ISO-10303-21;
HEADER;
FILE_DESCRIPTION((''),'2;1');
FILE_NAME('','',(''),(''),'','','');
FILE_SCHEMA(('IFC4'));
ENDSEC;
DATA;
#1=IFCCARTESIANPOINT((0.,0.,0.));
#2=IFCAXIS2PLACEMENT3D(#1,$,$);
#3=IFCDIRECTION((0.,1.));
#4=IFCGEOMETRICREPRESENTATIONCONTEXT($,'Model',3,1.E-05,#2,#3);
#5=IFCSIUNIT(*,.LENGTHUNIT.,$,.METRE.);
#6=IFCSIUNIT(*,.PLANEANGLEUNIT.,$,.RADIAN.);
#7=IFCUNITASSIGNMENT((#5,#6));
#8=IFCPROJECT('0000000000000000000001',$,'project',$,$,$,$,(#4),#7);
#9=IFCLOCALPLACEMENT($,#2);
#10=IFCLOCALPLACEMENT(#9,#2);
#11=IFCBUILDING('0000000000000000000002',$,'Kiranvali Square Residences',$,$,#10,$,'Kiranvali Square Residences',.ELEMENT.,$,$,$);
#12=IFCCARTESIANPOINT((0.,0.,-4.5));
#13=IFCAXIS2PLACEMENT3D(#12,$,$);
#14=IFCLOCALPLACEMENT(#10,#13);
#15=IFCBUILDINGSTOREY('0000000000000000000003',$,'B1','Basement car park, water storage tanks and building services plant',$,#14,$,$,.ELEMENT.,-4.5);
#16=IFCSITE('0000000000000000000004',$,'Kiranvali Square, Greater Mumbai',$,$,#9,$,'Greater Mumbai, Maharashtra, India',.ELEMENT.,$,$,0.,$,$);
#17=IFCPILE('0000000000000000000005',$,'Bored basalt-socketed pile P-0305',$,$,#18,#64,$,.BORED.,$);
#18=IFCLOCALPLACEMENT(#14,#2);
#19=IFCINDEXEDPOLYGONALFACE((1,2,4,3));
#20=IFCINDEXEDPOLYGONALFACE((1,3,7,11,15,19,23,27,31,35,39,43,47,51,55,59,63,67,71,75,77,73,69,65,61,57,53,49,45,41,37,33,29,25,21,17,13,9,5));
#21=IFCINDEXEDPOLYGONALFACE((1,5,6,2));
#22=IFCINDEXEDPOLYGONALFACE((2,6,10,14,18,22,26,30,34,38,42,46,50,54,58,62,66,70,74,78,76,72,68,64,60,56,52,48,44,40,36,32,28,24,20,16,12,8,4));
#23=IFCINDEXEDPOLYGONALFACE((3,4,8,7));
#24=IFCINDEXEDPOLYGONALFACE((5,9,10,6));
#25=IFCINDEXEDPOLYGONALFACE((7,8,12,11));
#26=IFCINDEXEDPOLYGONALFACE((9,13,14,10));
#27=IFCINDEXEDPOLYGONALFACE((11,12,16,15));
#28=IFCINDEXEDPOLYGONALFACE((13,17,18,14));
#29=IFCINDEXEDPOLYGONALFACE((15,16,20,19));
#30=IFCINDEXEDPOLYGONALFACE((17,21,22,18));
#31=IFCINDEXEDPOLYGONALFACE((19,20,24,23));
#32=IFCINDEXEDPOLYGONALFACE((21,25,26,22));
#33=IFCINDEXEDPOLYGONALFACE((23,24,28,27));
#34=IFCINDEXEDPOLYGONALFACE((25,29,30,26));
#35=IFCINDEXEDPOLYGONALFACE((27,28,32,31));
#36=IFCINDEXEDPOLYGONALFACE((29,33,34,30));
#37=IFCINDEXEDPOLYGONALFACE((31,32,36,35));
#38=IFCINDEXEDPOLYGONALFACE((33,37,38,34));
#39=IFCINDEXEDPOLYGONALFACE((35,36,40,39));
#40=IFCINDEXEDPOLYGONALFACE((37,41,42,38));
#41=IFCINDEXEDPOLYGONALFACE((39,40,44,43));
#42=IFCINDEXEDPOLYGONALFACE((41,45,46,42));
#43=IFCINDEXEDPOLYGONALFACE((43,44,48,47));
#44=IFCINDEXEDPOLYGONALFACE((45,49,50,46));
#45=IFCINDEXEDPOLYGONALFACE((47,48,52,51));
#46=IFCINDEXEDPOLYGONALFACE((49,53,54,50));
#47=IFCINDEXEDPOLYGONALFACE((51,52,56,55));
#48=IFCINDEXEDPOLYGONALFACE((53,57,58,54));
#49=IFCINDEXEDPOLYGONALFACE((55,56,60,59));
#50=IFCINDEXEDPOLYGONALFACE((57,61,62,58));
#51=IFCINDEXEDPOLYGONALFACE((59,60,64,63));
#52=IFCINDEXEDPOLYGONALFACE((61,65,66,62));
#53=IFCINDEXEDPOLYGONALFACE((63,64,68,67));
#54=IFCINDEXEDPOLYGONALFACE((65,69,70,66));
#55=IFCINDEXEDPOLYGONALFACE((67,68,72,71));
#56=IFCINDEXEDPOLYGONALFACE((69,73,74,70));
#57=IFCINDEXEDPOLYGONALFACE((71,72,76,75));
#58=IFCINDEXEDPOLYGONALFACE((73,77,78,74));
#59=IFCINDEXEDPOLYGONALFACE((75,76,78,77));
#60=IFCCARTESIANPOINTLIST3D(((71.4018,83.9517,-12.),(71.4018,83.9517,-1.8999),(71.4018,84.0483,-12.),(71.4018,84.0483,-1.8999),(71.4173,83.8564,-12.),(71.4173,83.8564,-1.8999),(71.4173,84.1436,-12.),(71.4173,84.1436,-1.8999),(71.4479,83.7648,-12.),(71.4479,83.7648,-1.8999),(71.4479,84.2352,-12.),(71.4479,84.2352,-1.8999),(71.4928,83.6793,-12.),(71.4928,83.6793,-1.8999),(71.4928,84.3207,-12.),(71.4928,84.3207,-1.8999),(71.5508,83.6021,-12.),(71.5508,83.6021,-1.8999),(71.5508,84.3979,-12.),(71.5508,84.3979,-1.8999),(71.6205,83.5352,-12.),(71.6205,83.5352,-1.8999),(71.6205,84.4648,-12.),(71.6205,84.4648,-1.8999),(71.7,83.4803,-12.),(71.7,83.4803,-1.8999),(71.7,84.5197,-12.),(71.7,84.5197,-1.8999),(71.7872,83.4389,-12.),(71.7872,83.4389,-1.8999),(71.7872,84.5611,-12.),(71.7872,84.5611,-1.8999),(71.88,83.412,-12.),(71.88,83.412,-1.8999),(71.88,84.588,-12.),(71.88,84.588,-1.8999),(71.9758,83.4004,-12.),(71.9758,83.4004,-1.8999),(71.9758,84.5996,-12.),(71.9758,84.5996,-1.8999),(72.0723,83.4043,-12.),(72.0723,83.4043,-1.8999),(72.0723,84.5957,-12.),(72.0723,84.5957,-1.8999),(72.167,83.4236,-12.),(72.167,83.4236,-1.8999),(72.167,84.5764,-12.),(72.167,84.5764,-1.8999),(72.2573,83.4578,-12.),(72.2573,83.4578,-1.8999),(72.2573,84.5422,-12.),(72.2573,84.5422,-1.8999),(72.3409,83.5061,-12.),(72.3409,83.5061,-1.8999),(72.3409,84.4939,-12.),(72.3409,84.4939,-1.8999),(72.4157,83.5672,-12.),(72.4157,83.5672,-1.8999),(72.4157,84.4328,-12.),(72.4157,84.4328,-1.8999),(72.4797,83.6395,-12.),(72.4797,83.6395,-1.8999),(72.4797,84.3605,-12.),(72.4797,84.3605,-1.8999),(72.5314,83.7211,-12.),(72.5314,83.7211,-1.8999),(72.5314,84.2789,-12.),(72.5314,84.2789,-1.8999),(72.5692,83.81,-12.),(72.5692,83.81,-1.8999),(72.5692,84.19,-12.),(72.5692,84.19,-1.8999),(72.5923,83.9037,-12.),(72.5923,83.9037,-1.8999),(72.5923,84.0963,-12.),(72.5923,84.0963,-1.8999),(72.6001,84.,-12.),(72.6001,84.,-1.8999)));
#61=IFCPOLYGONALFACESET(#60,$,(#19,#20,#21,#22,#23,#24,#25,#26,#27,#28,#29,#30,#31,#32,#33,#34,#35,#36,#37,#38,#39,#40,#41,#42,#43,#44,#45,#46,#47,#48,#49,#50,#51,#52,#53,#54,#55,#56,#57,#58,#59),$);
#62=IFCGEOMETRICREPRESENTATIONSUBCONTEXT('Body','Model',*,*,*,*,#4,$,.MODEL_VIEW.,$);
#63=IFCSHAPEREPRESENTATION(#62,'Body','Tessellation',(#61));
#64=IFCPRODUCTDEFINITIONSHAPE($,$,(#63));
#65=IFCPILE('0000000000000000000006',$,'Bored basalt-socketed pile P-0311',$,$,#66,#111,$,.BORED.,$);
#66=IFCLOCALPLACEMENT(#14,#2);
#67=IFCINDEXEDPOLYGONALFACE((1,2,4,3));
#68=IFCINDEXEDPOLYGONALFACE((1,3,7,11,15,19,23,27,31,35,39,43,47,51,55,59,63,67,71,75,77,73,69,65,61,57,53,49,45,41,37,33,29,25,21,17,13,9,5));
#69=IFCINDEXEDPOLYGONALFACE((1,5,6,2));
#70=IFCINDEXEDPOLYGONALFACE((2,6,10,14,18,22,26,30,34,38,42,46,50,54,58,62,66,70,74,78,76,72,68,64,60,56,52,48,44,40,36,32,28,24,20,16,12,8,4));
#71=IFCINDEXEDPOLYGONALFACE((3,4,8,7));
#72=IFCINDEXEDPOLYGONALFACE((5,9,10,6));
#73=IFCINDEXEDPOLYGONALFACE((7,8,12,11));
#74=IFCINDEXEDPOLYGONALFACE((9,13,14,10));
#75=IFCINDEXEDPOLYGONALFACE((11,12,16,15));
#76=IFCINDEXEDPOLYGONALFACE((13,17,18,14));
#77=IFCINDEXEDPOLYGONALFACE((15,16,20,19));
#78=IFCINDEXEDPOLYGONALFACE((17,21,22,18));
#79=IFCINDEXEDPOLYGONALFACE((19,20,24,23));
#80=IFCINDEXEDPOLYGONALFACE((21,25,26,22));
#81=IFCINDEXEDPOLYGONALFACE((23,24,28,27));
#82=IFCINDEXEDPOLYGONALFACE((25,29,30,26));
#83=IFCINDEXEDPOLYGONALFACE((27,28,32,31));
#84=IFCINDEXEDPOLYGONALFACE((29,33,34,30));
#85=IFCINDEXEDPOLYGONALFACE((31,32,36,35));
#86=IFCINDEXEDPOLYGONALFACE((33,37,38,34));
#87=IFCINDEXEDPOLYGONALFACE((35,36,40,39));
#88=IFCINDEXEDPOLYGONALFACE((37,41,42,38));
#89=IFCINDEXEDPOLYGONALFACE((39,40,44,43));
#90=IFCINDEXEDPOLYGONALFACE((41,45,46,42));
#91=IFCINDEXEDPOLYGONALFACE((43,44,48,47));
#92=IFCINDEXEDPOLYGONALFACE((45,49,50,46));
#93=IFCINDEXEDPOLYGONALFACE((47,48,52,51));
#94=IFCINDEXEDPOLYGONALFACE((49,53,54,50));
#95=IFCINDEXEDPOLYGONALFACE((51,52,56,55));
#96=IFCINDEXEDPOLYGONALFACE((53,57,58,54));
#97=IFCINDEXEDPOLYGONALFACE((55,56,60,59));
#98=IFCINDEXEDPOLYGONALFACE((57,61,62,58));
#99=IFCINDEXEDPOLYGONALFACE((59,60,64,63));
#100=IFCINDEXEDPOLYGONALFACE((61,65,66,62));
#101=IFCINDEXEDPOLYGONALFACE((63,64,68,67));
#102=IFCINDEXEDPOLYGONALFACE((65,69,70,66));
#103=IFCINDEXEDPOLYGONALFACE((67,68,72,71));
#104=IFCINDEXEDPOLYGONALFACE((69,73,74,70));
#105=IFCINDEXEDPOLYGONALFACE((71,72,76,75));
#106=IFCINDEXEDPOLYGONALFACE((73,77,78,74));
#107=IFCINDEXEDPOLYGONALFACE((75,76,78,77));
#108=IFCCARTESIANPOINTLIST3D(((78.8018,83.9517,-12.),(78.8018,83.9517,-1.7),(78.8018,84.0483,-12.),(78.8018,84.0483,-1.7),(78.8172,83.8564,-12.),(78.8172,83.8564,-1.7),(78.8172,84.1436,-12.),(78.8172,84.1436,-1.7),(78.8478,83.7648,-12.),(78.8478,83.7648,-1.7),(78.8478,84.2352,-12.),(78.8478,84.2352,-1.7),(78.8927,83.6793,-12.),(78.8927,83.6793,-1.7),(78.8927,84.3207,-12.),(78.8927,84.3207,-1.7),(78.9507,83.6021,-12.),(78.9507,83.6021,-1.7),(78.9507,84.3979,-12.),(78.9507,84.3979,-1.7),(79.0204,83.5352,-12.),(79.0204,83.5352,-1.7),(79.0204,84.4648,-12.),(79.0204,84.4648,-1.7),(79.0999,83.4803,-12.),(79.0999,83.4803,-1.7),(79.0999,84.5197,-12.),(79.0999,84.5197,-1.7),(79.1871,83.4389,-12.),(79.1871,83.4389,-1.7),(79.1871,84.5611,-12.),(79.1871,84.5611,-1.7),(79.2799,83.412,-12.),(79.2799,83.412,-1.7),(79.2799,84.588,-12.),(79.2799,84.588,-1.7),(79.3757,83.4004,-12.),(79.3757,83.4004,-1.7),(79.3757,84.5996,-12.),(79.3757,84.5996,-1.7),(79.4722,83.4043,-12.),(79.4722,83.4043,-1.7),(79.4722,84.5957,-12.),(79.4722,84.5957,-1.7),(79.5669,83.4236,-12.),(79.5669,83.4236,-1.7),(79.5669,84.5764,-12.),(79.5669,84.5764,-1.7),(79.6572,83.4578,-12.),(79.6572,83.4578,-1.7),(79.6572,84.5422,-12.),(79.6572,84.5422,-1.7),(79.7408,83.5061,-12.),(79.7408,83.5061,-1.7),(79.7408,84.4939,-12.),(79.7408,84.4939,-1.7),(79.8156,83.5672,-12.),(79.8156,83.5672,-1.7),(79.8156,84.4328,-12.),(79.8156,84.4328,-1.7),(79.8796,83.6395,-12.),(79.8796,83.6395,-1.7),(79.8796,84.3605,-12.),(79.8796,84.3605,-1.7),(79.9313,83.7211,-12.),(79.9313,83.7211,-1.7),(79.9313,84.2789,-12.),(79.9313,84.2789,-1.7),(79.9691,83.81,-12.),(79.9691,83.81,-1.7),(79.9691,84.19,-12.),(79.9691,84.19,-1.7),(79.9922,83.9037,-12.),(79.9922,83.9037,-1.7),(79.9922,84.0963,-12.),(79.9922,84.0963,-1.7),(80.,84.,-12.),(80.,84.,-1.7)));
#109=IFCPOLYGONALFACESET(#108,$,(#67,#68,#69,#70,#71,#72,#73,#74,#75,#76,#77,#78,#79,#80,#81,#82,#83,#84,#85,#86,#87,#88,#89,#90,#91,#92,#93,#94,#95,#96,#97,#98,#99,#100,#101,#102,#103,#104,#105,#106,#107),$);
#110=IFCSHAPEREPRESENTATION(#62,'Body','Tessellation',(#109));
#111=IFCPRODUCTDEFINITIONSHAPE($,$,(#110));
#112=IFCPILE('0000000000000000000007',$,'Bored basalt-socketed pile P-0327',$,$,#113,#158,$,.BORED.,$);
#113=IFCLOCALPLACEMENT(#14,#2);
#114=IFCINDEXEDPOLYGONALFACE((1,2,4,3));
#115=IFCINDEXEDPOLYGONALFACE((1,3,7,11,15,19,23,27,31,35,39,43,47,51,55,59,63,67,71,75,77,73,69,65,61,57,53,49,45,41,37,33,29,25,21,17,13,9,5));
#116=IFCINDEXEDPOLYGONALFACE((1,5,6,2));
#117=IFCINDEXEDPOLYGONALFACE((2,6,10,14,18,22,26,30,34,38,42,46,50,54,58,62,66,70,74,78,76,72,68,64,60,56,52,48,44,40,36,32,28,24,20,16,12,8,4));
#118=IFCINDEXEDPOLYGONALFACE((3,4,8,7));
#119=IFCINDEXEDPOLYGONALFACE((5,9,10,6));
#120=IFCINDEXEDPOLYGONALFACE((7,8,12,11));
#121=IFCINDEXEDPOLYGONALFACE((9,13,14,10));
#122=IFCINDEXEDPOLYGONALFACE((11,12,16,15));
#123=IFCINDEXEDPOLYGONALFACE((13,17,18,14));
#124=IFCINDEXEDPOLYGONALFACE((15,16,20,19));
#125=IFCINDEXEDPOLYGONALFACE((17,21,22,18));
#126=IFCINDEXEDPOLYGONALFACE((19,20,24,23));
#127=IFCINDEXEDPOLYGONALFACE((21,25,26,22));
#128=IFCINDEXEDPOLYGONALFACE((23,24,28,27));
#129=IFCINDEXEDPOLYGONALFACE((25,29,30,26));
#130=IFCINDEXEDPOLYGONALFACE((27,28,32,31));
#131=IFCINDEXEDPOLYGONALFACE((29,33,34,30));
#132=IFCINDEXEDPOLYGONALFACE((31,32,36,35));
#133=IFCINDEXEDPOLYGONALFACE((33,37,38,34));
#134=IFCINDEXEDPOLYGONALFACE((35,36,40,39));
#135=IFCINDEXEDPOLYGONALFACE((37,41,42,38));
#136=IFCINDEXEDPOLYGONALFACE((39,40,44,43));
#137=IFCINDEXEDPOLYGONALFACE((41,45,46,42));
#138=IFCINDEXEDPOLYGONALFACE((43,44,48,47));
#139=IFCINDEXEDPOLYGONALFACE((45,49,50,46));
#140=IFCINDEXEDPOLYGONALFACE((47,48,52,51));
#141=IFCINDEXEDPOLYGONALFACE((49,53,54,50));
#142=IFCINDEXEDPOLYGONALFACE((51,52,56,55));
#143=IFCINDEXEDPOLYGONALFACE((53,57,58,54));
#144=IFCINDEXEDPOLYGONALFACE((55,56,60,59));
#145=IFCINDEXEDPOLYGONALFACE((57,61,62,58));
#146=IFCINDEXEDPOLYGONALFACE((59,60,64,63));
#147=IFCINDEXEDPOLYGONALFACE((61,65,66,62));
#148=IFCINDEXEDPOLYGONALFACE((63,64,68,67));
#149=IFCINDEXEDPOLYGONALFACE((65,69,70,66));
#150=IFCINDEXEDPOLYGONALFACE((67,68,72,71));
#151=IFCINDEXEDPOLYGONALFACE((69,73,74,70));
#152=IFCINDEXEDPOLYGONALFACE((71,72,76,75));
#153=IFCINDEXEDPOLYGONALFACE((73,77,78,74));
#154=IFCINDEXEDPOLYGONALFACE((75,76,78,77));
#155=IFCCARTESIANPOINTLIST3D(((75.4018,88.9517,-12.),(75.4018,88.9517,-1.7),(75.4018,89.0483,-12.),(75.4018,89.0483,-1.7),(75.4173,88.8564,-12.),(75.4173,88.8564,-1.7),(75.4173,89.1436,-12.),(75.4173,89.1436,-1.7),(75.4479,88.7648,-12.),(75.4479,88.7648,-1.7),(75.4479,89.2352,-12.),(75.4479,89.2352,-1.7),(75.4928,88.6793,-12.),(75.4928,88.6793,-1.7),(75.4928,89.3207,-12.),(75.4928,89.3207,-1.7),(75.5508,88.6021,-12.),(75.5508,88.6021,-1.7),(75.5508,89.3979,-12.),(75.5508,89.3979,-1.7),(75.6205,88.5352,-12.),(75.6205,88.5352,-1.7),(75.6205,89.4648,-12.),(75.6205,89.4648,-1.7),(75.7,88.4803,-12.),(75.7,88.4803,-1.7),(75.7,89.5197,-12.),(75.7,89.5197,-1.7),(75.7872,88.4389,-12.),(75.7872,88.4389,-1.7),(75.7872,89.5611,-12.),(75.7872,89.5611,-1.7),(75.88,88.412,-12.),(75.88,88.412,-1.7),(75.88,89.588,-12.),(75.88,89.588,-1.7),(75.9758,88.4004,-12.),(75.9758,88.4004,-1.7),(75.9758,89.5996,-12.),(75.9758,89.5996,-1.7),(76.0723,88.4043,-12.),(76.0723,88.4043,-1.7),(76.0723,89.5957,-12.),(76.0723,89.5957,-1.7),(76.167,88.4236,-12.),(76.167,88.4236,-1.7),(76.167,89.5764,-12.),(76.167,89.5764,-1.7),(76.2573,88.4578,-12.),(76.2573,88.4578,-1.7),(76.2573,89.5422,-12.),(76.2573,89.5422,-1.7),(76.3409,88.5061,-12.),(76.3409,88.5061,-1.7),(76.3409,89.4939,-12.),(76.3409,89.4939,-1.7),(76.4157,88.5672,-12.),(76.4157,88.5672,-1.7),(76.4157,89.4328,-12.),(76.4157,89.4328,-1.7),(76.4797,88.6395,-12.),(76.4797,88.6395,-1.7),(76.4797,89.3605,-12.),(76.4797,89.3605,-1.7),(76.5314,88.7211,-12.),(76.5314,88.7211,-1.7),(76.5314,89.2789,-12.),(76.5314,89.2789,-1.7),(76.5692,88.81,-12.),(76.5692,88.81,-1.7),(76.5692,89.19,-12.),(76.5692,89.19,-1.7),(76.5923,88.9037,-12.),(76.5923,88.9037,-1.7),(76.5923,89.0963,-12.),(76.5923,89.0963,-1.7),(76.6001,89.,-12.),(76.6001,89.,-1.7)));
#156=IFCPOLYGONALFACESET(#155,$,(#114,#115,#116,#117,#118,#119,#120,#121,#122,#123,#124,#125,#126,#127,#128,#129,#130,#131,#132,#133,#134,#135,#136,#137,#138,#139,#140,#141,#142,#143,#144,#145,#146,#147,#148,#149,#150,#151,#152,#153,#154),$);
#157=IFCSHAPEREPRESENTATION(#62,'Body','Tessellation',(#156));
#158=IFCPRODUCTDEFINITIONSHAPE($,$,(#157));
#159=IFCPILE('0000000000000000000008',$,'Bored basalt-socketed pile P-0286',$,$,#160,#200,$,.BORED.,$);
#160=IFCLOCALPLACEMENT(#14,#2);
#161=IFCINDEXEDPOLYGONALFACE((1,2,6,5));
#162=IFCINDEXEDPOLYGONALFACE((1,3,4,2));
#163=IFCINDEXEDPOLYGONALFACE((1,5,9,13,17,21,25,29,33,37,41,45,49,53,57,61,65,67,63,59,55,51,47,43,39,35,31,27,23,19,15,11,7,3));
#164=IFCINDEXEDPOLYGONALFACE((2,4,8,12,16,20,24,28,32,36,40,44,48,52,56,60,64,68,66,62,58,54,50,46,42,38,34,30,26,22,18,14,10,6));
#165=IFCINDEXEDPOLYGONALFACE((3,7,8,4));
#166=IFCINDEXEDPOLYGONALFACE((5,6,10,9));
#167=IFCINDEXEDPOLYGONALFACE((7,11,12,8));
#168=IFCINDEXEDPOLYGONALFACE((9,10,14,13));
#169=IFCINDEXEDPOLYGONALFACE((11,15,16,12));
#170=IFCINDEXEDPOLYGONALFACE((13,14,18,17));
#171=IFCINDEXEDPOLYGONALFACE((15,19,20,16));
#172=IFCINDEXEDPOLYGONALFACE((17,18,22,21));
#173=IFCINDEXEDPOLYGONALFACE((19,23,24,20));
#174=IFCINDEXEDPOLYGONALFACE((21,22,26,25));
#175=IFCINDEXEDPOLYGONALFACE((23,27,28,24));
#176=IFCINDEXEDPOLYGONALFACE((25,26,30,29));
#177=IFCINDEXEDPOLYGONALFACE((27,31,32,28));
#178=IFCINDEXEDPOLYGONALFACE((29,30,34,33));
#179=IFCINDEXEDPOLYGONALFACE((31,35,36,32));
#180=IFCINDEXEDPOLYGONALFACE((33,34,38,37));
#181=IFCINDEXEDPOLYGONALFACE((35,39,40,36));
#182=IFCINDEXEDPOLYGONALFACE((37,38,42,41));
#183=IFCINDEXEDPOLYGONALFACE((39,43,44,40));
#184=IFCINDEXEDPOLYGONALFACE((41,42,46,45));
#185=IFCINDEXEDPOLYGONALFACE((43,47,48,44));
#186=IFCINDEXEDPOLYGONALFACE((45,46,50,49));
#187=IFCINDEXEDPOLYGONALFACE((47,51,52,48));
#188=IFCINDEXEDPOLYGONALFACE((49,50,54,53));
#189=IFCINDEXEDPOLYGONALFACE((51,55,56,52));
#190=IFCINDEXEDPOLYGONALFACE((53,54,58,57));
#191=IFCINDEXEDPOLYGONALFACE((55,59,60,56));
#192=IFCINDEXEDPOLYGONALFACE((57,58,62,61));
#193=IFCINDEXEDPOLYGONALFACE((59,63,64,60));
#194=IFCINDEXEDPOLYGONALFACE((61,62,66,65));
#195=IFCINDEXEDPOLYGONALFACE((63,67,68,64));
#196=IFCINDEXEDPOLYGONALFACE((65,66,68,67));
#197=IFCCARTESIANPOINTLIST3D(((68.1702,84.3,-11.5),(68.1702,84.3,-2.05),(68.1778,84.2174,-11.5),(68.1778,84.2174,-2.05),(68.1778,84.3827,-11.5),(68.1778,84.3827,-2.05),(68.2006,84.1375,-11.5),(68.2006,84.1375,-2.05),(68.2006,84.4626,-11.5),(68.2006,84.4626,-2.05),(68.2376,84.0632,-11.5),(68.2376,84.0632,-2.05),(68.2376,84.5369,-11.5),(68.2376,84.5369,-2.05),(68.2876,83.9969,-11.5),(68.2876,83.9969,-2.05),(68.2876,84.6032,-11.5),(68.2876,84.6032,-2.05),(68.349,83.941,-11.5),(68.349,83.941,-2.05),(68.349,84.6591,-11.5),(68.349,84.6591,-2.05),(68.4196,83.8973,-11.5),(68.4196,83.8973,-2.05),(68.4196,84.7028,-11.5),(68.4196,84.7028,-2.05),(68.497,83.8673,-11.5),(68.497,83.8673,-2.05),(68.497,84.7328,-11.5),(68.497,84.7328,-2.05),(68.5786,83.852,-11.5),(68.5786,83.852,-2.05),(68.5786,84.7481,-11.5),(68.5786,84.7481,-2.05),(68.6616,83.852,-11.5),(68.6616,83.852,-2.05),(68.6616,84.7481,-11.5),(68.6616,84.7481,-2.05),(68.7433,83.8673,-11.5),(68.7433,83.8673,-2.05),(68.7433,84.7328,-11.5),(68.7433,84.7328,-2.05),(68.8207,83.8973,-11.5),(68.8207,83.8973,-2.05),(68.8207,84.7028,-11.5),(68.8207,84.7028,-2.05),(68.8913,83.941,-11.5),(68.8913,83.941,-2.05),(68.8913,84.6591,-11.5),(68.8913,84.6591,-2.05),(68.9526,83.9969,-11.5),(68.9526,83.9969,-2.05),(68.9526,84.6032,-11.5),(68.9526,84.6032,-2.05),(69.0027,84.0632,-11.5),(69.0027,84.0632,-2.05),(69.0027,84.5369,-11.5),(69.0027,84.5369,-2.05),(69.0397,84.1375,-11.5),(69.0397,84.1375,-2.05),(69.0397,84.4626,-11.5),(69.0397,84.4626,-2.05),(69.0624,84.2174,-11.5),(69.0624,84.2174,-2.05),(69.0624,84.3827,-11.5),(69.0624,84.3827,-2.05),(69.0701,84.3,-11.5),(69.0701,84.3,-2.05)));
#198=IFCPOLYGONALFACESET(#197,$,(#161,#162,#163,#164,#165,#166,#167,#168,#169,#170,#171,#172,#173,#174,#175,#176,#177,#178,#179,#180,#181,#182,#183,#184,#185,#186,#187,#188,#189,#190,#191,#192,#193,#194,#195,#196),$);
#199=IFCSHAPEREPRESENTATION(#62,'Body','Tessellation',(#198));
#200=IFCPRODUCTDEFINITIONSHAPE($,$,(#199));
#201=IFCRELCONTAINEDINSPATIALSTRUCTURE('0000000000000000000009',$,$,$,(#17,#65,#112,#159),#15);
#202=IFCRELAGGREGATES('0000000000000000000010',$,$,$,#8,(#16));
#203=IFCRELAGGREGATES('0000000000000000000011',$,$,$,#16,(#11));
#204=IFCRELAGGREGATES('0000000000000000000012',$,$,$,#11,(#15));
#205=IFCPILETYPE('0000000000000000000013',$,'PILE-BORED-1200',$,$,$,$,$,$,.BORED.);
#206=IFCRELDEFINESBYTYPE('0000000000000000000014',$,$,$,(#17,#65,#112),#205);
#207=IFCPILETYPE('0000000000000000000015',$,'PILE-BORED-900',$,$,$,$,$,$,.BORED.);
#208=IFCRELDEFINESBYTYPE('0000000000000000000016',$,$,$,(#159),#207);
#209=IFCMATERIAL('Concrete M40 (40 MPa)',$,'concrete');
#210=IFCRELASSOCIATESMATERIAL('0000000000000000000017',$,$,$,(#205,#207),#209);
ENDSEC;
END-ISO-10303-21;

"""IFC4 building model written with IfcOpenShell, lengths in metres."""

from ifc_helpers import new_model, si_unit, direction, frame, origin, origin_2d, place, context, subcontext, project, spatial, circle, extrude, material, material_profile, profile_set, type_object, element, save


model = new_model("IFC4")

# Units and contexts
model_context = context("Model", 3, precision=1e-05, world=origin(), true_north=direction((0.0, 1.0)))
body_context = subcontext(model_context, "Body", "Model", "MODEL_VIEW")
ifc_project = project(units=[si_unit("LENGTHUNIT", "METRE"), si_unit("PLANEANGLEUNIT", "RADIAN")], contexts=[model_context])

# Site, building, storey
site_placement = place(None, origin())
site = spatial("IfcSite", under=ifc_project, at=site_placement, Name="Kiranvali Square, Greater Mumbai", LongName="Greater Mumbai, Maharashtra, India", CompositionType="ELEMENT", RefElevation=0.0)
building_placement = place(site_placement, origin())
building = spatial("IfcBuilding", under=site, at=building_placement, Name="Kiranvali Square Residences", LongName="Kiranvali Square Residences", CompositionType="ELEMENT")
storey_placement = place(building_placement, frame((0.0, 0.0, -4.5)))
storey = spatial("IfcBuildingStorey", under=building, at=storey_placement, Name="B1", Description="Basement car park, water storage tanks and building services plant", CompositionType="ELEMENT", Elevation=-4.5)

# Shared definitions
ifc_material_1 = material(Name="Concrete M40 (40 MPa)", Category="concrete")

# Piles
ifc_material_profile_1 = material_profile(ifc_material_1, circle(Radius=0.6001, at=origin_2d()), Name="BORED PILE 1200")
ifc_profile_set_1 = profile_set([ifc_material_profile_1], Name="Concrete M40 (40 MPa)")
pile_type_1 = type_object("IfcPileType", Name="PILE-BORED-1200", PredefinedType="BORED", material=ifc_profile_set_1)
pile_1_placement = place(storey_placement, frame((72.0, 84.0, -1.8999), z_axis=(0.0, 0.0, -1.0), x_axis=(1.0, 0.0, 0.0)))
element("IfcPile", 1, at=pile_1_placement, inside=storey, type_object=pile_type_1, Name="Bored basalt-socketed pile P-0305", PredefinedType="BORED", context=body_context, shape_type="SweptSolid", body=[
    extrude(circle(Radius=0.6001, at=origin_2d()), origin(), (0.0, 0.0, 1.0), 10.1001),
])
for number, where, z_axis, x_axis, name in (
    (2, (79.3999, 84.0, -1.7), (0.0, 0.0, -1.0), (1.0, 0.0, 0.0), "Bored basalt-socketed pile P-0311"),
    (3, (76.0, 89.0, -1.7), (0.0, 0.0, -1.0), (1.0, 0.0, 0.0), "Bored basalt-socketed pile P-0327"),
):
    element("IfcPile", number, at=place(storey_placement, frame(where, z_axis=z_axis, x_axis=x_axis)), inside=storey, type_object=pile_type_1, Name=name, PredefinedType="BORED", context=body_context, shape_type="SweptSolid", body=[
        extrude(circle(Radius=0.6001, at=origin_2d()), origin(), (0.0, 0.0, 1.0), 10.3),
    ])
ifc_material_profile_2 = material_profile(ifc_material_1, circle(Radius=0.45, at=origin_2d()), Name="BORED PILE 900")
ifc_profile_set_2 = profile_set([ifc_material_profile_2], Name="Concrete M40 (40 MPa)")
pile_type_2 = type_object("IfcPileType", Name="PILE-BORED-900", PredefinedType="BORED", material=ifc_profile_set_2)
pile_2_placement = place(storey_placement, frame((68.6201, 84.3, -2.05), z_axis=(0.0, 0.0, -1.0), x_axis=(1.0, 0.0, 0.0)))
element("IfcPile", 4, at=pile_2_placement, inside=storey, type_object=pile_type_2, Name="Bored basalt-socketed pile P-0286", PredefinedType="BORED", context=body_context, shape_type="SweptSolid", body=[
    extrude(circle(Radius=0.45, at=origin_2d()), origin(), (0.0, 0.0, 1.0), 9.45),
])

save(model, "model.ifc")
